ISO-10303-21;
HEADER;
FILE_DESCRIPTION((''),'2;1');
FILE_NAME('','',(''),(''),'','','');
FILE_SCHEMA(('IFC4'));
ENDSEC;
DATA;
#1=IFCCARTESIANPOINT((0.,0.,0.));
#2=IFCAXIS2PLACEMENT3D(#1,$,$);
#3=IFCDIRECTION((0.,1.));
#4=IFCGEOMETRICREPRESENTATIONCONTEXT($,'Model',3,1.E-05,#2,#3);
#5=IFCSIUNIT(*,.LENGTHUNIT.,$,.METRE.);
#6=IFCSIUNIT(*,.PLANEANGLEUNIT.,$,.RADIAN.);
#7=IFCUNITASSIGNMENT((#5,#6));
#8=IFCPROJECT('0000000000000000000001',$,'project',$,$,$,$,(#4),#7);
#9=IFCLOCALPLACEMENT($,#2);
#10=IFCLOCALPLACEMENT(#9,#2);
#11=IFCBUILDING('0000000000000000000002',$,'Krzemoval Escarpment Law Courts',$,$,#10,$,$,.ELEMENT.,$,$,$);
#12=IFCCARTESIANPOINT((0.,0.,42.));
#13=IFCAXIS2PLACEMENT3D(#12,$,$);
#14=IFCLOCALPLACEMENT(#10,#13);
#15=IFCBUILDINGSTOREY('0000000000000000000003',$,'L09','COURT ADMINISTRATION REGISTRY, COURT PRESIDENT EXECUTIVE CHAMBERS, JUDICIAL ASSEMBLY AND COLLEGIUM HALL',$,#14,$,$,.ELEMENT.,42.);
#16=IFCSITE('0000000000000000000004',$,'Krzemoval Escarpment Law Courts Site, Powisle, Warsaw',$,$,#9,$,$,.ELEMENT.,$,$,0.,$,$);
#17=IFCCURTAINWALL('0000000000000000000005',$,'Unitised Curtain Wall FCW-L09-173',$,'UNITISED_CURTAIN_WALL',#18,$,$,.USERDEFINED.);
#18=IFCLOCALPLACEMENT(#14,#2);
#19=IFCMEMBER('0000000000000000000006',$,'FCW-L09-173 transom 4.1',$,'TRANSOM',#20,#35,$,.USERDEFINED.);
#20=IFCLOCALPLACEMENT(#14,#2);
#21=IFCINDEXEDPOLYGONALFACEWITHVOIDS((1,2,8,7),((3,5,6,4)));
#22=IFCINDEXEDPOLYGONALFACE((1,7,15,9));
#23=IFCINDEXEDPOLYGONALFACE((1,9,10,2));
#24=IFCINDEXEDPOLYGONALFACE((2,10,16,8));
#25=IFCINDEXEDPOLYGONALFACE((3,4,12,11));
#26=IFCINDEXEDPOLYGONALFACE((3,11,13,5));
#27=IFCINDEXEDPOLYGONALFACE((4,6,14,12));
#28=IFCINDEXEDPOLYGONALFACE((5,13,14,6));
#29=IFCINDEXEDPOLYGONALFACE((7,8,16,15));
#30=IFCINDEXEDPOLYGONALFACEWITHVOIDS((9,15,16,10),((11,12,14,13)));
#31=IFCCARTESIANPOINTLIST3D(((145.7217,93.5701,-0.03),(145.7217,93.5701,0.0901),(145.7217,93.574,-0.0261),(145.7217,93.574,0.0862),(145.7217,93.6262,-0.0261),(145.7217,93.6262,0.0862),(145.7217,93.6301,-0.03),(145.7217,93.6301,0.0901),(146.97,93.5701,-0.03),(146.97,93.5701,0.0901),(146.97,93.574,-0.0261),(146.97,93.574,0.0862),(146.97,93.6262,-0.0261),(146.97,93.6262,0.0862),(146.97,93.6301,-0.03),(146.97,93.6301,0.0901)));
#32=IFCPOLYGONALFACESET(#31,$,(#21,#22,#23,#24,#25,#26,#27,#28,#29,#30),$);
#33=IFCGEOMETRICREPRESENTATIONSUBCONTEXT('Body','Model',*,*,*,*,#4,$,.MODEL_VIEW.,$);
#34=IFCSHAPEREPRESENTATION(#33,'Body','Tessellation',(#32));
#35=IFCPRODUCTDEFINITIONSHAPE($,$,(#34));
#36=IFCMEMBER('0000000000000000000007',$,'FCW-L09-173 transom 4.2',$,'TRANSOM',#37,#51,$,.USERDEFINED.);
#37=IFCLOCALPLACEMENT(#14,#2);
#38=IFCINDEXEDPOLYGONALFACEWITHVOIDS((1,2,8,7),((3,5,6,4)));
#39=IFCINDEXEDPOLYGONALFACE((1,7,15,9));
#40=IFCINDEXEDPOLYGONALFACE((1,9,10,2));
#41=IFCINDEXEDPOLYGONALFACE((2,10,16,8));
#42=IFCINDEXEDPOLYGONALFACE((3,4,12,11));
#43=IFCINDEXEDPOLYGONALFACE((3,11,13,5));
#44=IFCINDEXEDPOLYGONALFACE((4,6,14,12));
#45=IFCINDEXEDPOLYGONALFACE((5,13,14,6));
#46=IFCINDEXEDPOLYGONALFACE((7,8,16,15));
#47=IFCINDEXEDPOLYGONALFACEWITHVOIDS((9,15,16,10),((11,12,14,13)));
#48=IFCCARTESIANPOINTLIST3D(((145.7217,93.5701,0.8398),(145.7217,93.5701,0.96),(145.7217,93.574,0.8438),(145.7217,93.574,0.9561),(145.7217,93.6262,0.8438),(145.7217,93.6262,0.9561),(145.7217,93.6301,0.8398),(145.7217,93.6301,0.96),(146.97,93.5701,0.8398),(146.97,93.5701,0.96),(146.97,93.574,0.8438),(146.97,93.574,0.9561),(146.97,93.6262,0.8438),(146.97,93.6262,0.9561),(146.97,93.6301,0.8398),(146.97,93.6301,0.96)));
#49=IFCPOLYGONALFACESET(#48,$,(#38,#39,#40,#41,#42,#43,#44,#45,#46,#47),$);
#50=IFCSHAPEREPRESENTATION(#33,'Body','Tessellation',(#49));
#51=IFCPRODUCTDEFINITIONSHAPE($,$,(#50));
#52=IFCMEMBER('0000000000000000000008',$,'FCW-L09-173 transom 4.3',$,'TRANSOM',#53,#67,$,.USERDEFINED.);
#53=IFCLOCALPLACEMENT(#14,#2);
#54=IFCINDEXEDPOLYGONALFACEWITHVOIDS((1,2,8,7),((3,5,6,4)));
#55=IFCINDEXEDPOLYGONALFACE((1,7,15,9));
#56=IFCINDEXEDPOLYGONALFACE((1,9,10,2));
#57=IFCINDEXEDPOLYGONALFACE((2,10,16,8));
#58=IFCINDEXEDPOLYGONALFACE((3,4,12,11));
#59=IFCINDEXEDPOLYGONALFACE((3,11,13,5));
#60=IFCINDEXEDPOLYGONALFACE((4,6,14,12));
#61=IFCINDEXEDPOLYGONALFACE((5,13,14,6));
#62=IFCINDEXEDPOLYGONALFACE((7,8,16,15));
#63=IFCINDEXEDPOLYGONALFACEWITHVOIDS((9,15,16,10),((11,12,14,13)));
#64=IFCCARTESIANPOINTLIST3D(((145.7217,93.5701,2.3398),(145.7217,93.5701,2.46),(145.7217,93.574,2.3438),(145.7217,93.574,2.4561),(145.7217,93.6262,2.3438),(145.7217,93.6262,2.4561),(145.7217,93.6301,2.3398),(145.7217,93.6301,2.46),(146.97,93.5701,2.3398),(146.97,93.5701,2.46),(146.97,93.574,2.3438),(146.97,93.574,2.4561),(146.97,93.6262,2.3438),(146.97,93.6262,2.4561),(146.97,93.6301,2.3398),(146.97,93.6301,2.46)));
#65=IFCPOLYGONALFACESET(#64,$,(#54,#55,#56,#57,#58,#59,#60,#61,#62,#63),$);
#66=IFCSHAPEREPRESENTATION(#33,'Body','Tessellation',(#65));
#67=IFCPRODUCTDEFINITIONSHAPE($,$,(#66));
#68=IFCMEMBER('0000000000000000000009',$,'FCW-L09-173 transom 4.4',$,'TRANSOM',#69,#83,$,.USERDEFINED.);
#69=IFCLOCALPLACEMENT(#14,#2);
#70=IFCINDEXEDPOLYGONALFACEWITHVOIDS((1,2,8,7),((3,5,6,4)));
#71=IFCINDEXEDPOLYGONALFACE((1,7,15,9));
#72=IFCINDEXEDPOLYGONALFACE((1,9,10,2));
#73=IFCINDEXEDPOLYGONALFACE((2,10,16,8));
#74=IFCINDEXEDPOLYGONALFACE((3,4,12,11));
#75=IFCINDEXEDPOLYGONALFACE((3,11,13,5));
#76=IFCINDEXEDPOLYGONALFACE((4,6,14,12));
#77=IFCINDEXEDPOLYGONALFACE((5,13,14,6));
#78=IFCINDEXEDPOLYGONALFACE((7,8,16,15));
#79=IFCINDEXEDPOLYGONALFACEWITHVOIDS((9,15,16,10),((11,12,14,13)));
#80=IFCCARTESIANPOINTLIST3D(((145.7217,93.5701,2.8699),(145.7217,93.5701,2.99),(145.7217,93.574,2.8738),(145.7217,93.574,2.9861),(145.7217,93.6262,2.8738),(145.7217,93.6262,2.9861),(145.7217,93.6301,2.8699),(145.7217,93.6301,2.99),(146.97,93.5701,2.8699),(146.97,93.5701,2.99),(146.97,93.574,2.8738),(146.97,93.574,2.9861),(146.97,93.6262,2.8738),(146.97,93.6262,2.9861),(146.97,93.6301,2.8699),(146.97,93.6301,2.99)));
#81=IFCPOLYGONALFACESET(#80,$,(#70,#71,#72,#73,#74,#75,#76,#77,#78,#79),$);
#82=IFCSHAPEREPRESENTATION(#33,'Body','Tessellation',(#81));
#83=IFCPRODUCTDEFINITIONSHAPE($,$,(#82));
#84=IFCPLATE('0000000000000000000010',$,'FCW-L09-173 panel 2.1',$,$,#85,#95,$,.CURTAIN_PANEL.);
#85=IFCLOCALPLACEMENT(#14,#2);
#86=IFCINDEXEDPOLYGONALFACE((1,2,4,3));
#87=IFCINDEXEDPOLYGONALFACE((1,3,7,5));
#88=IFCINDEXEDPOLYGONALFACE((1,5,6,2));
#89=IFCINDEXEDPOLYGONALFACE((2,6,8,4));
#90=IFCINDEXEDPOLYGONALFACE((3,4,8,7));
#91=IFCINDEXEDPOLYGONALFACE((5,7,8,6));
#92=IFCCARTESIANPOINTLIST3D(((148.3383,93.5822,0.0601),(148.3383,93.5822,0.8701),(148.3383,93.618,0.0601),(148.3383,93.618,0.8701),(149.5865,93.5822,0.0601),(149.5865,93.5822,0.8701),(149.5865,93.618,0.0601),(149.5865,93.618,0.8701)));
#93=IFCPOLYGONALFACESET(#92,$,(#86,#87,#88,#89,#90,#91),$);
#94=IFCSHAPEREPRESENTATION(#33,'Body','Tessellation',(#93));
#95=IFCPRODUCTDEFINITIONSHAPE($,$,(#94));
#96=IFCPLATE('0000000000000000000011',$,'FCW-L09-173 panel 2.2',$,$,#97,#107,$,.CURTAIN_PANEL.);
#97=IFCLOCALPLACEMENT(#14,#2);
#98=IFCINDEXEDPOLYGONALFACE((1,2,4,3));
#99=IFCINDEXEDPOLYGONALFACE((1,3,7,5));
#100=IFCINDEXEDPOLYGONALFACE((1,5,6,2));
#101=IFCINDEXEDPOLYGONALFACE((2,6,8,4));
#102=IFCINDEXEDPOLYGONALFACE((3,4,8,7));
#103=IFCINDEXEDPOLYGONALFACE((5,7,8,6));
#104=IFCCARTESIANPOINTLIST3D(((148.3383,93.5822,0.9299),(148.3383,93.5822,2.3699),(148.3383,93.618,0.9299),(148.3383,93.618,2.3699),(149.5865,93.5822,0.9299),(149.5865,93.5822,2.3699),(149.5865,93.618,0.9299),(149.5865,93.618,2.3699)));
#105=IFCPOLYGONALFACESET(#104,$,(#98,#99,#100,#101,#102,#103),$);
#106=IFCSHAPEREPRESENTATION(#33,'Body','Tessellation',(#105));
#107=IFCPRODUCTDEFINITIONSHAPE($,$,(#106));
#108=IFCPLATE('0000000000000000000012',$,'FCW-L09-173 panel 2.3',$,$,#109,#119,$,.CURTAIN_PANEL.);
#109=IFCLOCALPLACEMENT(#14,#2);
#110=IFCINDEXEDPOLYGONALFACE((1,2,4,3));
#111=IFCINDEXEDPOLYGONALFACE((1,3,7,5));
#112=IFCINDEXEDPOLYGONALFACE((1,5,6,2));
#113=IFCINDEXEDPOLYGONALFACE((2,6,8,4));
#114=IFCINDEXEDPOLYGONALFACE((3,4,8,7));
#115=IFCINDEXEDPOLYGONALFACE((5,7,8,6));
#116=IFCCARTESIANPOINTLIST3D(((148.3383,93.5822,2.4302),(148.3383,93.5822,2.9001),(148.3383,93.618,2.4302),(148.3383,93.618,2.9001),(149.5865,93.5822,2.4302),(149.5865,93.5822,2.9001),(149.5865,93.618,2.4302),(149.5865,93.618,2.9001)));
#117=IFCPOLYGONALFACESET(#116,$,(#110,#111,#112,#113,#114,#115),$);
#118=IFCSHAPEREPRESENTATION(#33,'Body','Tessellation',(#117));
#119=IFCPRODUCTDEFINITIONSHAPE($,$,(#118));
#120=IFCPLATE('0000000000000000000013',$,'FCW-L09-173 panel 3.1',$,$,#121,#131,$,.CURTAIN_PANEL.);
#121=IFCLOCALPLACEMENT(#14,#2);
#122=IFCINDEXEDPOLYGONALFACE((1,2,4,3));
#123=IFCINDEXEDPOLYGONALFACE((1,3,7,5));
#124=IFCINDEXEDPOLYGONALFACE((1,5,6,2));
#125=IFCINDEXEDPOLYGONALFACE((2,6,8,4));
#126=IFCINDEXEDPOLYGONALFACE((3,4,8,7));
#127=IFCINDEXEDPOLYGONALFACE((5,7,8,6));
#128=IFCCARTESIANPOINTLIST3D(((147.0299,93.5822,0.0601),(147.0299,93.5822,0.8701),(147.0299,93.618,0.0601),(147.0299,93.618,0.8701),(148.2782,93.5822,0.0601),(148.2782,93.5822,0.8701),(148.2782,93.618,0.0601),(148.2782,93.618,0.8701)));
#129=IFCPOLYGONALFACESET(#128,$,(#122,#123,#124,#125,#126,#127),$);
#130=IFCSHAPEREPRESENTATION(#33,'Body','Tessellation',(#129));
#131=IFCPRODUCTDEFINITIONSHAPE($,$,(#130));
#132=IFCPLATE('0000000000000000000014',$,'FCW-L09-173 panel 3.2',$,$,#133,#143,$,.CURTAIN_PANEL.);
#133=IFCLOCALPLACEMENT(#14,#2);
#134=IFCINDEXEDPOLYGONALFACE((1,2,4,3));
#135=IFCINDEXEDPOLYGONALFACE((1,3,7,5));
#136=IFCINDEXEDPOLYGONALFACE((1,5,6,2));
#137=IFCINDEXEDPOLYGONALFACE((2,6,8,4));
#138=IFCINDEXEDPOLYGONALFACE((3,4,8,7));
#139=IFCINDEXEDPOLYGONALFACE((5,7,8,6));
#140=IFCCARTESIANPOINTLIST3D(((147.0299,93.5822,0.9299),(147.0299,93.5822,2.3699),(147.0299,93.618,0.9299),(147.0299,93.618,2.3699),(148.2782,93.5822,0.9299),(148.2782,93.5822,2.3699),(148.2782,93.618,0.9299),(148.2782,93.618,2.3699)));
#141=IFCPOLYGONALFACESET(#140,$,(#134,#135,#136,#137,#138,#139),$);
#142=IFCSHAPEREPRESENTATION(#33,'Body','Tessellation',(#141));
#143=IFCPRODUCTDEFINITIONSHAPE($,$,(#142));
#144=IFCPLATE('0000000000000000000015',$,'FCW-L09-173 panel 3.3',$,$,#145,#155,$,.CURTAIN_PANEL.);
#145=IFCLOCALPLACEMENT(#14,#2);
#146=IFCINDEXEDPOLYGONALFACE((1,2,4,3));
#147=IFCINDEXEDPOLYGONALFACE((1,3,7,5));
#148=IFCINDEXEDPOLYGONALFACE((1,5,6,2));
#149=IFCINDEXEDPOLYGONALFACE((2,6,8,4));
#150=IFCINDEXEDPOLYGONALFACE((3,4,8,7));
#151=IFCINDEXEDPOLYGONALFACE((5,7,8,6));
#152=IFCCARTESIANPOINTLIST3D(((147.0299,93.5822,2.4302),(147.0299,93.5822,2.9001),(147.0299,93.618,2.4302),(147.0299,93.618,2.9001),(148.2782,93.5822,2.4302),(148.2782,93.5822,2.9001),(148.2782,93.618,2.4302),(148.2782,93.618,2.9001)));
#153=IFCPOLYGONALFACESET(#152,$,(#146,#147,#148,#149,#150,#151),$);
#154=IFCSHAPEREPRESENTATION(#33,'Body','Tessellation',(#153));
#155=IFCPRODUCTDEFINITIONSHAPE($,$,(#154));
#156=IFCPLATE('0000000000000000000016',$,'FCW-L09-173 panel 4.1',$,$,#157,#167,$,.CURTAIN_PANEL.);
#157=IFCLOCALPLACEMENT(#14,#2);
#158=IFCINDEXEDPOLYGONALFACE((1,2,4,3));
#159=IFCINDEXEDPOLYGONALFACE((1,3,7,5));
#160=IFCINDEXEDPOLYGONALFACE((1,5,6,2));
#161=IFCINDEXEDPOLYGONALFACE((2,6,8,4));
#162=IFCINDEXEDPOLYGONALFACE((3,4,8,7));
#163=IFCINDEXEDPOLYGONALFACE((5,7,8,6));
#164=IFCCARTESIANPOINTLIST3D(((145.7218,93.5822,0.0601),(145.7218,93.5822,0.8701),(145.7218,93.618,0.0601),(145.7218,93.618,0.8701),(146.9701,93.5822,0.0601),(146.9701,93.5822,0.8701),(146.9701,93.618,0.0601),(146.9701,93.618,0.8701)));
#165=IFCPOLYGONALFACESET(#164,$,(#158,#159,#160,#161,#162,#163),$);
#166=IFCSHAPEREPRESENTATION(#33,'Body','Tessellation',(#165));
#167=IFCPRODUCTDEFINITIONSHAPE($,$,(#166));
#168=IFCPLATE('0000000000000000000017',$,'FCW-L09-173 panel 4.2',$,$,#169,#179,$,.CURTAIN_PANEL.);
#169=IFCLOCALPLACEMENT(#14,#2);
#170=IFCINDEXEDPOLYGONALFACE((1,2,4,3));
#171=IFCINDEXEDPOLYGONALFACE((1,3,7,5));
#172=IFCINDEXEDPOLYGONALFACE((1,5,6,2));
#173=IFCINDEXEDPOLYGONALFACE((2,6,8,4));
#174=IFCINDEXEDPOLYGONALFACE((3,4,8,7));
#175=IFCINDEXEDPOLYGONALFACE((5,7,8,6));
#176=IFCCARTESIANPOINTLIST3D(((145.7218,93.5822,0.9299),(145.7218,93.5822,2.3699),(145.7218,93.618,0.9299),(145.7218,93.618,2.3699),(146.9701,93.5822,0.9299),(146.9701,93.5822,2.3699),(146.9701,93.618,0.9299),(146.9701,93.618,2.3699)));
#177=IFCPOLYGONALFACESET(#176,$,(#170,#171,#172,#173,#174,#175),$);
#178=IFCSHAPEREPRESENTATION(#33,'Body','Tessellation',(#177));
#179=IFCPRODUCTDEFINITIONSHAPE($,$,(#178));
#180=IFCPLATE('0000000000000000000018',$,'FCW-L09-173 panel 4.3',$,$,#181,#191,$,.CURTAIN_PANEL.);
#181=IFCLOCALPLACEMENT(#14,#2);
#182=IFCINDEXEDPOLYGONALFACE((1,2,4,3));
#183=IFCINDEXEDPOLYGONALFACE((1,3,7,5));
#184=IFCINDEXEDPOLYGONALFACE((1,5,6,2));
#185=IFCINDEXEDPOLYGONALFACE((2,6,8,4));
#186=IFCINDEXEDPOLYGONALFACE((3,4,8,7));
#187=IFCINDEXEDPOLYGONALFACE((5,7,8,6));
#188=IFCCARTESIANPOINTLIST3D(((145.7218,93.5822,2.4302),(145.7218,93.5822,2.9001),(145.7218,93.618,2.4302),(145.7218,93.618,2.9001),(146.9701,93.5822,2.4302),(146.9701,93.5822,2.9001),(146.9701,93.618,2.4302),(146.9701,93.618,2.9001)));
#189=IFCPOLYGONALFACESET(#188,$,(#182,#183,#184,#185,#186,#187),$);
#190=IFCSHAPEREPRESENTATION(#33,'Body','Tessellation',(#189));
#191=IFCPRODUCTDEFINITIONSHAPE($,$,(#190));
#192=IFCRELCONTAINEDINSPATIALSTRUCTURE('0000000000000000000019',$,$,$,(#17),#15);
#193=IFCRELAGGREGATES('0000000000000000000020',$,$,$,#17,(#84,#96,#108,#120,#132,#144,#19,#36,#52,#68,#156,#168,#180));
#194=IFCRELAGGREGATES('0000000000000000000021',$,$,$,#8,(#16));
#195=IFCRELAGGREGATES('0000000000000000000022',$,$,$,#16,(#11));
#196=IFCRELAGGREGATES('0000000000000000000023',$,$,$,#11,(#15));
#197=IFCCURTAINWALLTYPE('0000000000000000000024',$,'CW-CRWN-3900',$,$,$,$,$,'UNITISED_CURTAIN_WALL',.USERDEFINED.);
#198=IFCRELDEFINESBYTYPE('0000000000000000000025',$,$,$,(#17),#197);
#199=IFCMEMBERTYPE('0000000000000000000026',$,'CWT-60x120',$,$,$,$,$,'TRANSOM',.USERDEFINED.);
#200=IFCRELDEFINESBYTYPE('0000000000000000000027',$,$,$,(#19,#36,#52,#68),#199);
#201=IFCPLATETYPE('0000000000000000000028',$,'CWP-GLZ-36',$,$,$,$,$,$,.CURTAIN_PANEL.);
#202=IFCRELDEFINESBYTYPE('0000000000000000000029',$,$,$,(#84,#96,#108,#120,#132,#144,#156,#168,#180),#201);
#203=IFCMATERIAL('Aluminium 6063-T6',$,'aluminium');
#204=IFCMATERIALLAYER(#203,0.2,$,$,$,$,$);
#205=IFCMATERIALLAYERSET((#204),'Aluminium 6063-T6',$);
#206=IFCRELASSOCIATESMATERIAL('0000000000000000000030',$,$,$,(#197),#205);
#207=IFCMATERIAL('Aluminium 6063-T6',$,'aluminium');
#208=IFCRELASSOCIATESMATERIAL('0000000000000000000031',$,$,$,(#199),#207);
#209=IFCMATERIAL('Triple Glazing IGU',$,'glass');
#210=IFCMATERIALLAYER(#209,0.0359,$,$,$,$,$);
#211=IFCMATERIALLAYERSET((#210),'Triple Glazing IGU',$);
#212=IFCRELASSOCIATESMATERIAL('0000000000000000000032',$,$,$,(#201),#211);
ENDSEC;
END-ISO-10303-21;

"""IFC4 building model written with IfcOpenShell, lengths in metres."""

from ifc_helpers import new_model, si_unit, direction, frame, origin, origin_2d, place, context, subcontext, project, spatial, rectangle, hollow_rectangle, extrude, material, layer, layer_set, material_profile, profile_set, type_object, element, aggregate, save


model = new_model("IFC4")

# Units and contexts
model_context = context("Model", 3, precision=1e-05, world=origin(), true_north=direction((0.0, 1.0)))
body_context = subcontext(model_context, "Body", "Model", "MODEL_VIEW")
ifc_project = project(units=[si_unit("LENGTHUNIT", "METRE"), si_unit("PLANEANGLEUNIT", "RADIAN")], contexts=[model_context])

# Site, building, storey
site_placement = place(None, origin())
site = spatial("IfcSite", under=ifc_project, at=site_placement, Name="Krzemoval Escarpment Law Courts Site, Powisle, Warsaw", CompositionType="ELEMENT", RefElevation=0.0)
building_placement = place(site_placement, origin())
building = spatial("IfcBuilding", under=site, at=building_placement, Name="Krzemoval Escarpment Law Courts", CompositionType="ELEMENT")
storey_placement = place(building_placement, frame((0.0, 0.0, 42.0)))
storey = spatial("IfcBuildingStorey", under=building, at=storey_placement, Name="L09", Description="COURT ADMINISTRATION REGISTRY, COURT PRESIDENT EXECUTIVE CHAMBERS, JUDICIAL ASSEMBLY AND COLLEGIUM HALL", CompositionType="ELEMENT", Elevation=42.0)

# Curtain wall, members, plates
ifc_material_1 = material(Name="Aluminium 6063-T6", Category="aluminium")
ifc_layer_1 = layer(ifc_material_1, 0.2)
ifc_layer_set_1 = layer_set([ifc_layer_1], Name="Aluminium 6063-T6")
curtain_wall_type = type_object("IfcCurtainWallType", Name="CW-CRWN-3900", ElementType="UNITISED_CURTAIN_WALL", PredefinedType="USERDEFINED", material=ifc_layer_set_1)
curtain_wall_placement = place(storey_placement, origin())
curtain_wall = element("IfcCurtainWall", 1, at=curtain_wall_placement, inside=storey, type_object=curtain_wall_type, Name="Unitised Curtain Wall FCW-L09-173", ObjectType="UNITISED_CURTAIN_WALL", PredefinedType="USERDEFINED")
ifc_material_2 = material(Name="Aluminium 6063-T6", Category="aluminium")
ifc_material_profile_1 = material_profile(ifc_material_2, hollow_rectangle(XDim=0.0601, YDim=0.1201, WallThickness=0.0039, at=origin_2d()), Name="ALU T60x120")
ifc_profile_set_1 = profile_set([ifc_material_profile_1], Name="Aluminium 6063-T6")
member_type_1 = type_object("IfcMemberType", Name="CWT-60x120", ElementType="TRANSOM", PredefinedType="USERDEFINED", material=ifc_profile_set_1)
member_1_placement = place(storey_placement, frame((146.97, 93.6001, 0.03), z_axis=(-1.0, 0.0, 0.0), x_axis=(0.0, -1.0, 0.0)))
member_1 = element("IfcMember", 2, at=member_1_placement, type_object=member_type_1, Name="FCW-L09-173 transom 4.1", ObjectType="TRANSOM", PredefinedType="USERDEFINED", context=body_context, shape_type="SweptSolid", body=[
    extrude(hollow_rectangle(XDim=0.0601, YDim=0.1201, WallThickness=0.0039, at=origin_2d()), origin(), (0.0, 0.0, 1.0), 1.2483),
])
member_2_placement = place(storey_placement, frame((146.97, 93.6001, 0.8999), z_axis=(-1.0, 0.0, 0.0), x_axis=(0.0, -1.0, 0.0)))
member_2 = element("IfcMember", 3, at=member_2_placement, type_object=member_type_1, Name="FCW-L09-173 transom 4.2", ObjectType="TRANSOM", PredefinedType="USERDEFINED", context=body_context, shape_type="SweptSolid", body=[
    extrude(hollow_rectangle(XDim=0.0601, YDim=0.1201, WallThickness=0.0039, at=origin_2d()), origin(), (0.0, 0.0, 1.0), 1.2483),
])
member_3_placement = place(storey_placement, frame((146.97, 93.6001, 2.3999), z_axis=(-1.0, 0.0, 0.0), x_axis=(0.0, -1.0, 0.0)))
member_3 = element("IfcMember", 4, at=member_3_placement, type_object=member_type_1, Name="FCW-L09-173 transom 4.3", ObjectType="TRANSOM", PredefinedType="USERDEFINED", context=body_context, shape_type="SweptSolid", body=[
    extrude(hollow_rectangle(XDim=0.0601, YDim=0.1201, WallThickness=0.0039, at=origin_2d()), origin(), (0.0, 0.0, 1.0), 1.2483),
])
member_4_placement = place(storey_placement, frame((146.97, 93.6001, 2.9299), z_axis=(-1.0, 0.0, 0.0), x_axis=(0.0, -1.0, 0.0)))
member_4 = element("IfcMember", 5, at=member_4_placement, type_object=member_type_1, Name="FCW-L09-173 transom 4.4", ObjectType="TRANSOM", PredefinedType="USERDEFINED", context=body_context, shape_type="SweptSolid", body=[
    extrude(hollow_rectangle(XDim=0.0601, YDim=0.1201, WallThickness=0.0039, at=origin_2d()), origin(), (0.0, 0.0, 1.0), 1.2483),
])
ifc_material_3 = material(Name="Triple Glazing IGU", Category="glass")
ifc_layer_2 = layer(ifc_material_3, 0.0359)
ifc_layer_set_2 = layer_set([ifc_layer_2], Name="Triple Glazing IGU")
plate_type = type_object("IfcPlateType", Name="CWP-GLZ-36", PredefinedType="CURTAIN_PANEL", material=ifc_layer_set_2)
plate_1_placement = place(storey_placement, frame((148.9624, 93.6001, 0.0601), z_axis=(0.0, 0.0, 1.0), x_axis=(-1.0, 0.0, 0.0)))
plate_1 = element("IfcPlate", 6, at=plate_1_placement, type_object=plate_type, Name="FCW-L09-173 panel 2.1", PredefinedType="CURTAIN_PANEL", context=body_context, shape_type="SweptSolid", body=[
    extrude(rectangle(XDim=1.2483, YDim=0.0359, at=origin_2d()), origin(), (0.0, 0.0, 1.0), 0.8101),
])
plate_2_placement = place(storey_placement, frame((148.9624, 93.6001, 0.9299), z_axis=(0.0, 0.0, 1.0), x_axis=(-1.0, 0.0, 0.0)))
plate_2 = element("IfcPlate", 7, at=plate_2_placement, type_object=plate_type, Name="FCW-L09-173 panel 2.2", PredefinedType="CURTAIN_PANEL", context=body_context, shape_type="SweptSolid", body=[
    extrude(rectangle(XDim=1.2483, YDim=0.0359, at=origin_2d()), origin(), (0.0, 0.0, 1.0), 1.4399),
])
plate_3_placement = place(storey_placement, frame((148.9624, 93.6001, 2.4302), z_axis=(0.0, 0.0, 1.0), x_axis=(-1.0, 0.0, 0.0)))
plate_3 = element("IfcPlate", 8, at=plate_3_placement, type_object=plate_type, Name="FCW-L09-173 panel 2.3", PredefinedType="CURTAIN_PANEL", context=body_context, shape_type="SweptSolid", body=[
    extrude(rectangle(XDim=1.2483, YDim=0.0359, at=origin_2d()), origin(), (0.0, 0.0, 1.0), 0.47),
])
plate_4_placement = place(storey_placement, frame((147.6541, 93.6001, 0.0601), z_axis=(0.0, 0.0, 1.0), x_axis=(-1.0, 0.0, 0.0)))
plate_4 = element("IfcPlate", 9, at=plate_4_placement, type_object=plate_type, Name="FCW-L09-173 panel 3.1", PredefinedType="CURTAIN_PANEL", context=body_context, shape_type="SweptSolid", body=[
    extrude(rectangle(XDim=1.2483, YDim=0.0359, at=origin_2d()), origin(), (0.0, 0.0, 1.0), 0.8101),
])
plate_5_placement = place(storey_placement, frame((147.6541, 93.6001, 0.9299), z_axis=(0.0, 0.0, 1.0), x_axis=(-1.0, 0.0, 0.0)))
plate_5 = element("IfcPlate", 10, at=plate_5_placement, type_object=plate_type, Name="FCW-L09-173 panel 3.2", PredefinedType="CURTAIN_PANEL", context=body_context, shape_type="SweptSolid", body=[
    extrude(rectangle(XDim=1.2483, YDim=0.0359, at=origin_2d()), origin(), (0.0, 0.0, 1.0), 1.4399),
])
plate_6_placement = place(storey_placement, frame((147.6541, 93.6001, 2.4302), z_axis=(0.0, 0.0, 1.0), x_axis=(-1.0, 0.0, 0.0)))
plate_6 = element("IfcPlate", 11, at=plate_6_placement, type_object=plate_type, Name="FCW-L09-173 panel 3.3", PredefinedType="CURTAIN_PANEL", context=body_context, shape_type="SweptSolid", body=[
    extrude(rectangle(XDim=1.2483, YDim=0.0359, at=origin_2d()), origin(), (0.0, 0.0, 1.0), 0.47),
])
plate_7_placement = place(storey_placement, frame((146.3459, 93.6001, 0.0601), z_axis=(0.0, 0.0, 1.0), x_axis=(-1.0, 0.0, 0.0)))
plate_7 = element("IfcPlate", 12, at=plate_7_placement, type_object=plate_type, Name="FCW-L09-173 panel 4.1", PredefinedType="CURTAIN_PANEL", context=body_context, shape_type="SweptSolid", body=[
    extrude(rectangle(XDim=1.2483, YDim=0.0359, at=origin_2d()), origin(), (0.0, 0.0, 1.0), 0.8101),
])
plate_8_placement = place(storey_placement, frame((146.3459, 93.6001, 0.9299), z_axis=(0.0, 0.0, 1.0), x_axis=(-1.0, 0.0, 0.0)))
plate_8 = element("IfcPlate", 13, at=plate_8_placement, type_object=plate_type, Name="FCW-L09-173 panel 4.2", PredefinedType="CURTAIN_PANEL", context=body_context, shape_type="SweptSolid", body=[
    extrude(rectangle(XDim=1.2483, YDim=0.0359, at=origin_2d()), origin(), (0.0, 0.0, 1.0), 1.4399),
])
plate_9_placement = place(storey_placement, frame((146.3459, 93.6001, 2.4302), z_axis=(0.0, 0.0, 1.0), x_axis=(-1.0, 0.0, 0.0)))
plate_9 = element("IfcPlate", 14, at=plate_9_placement, type_object=plate_type, Name="FCW-L09-173 panel 4.3", PredefinedType="CURTAIN_PANEL", context=body_context, shape_type="SweptSolid", body=[
    extrude(rectangle(XDim=1.2483, YDim=0.0359, at=origin_2d()), origin(), (0.0, 0.0, 1.0), 0.47),
])
aggregate(curtain_wall, [plate_1, plate_2, plate_3, plate_4, plate_5, plate_6, member_1, member_2, member_3, member_4, plate_7, plate_8, plate_9])

save(model, "model.ifc")
